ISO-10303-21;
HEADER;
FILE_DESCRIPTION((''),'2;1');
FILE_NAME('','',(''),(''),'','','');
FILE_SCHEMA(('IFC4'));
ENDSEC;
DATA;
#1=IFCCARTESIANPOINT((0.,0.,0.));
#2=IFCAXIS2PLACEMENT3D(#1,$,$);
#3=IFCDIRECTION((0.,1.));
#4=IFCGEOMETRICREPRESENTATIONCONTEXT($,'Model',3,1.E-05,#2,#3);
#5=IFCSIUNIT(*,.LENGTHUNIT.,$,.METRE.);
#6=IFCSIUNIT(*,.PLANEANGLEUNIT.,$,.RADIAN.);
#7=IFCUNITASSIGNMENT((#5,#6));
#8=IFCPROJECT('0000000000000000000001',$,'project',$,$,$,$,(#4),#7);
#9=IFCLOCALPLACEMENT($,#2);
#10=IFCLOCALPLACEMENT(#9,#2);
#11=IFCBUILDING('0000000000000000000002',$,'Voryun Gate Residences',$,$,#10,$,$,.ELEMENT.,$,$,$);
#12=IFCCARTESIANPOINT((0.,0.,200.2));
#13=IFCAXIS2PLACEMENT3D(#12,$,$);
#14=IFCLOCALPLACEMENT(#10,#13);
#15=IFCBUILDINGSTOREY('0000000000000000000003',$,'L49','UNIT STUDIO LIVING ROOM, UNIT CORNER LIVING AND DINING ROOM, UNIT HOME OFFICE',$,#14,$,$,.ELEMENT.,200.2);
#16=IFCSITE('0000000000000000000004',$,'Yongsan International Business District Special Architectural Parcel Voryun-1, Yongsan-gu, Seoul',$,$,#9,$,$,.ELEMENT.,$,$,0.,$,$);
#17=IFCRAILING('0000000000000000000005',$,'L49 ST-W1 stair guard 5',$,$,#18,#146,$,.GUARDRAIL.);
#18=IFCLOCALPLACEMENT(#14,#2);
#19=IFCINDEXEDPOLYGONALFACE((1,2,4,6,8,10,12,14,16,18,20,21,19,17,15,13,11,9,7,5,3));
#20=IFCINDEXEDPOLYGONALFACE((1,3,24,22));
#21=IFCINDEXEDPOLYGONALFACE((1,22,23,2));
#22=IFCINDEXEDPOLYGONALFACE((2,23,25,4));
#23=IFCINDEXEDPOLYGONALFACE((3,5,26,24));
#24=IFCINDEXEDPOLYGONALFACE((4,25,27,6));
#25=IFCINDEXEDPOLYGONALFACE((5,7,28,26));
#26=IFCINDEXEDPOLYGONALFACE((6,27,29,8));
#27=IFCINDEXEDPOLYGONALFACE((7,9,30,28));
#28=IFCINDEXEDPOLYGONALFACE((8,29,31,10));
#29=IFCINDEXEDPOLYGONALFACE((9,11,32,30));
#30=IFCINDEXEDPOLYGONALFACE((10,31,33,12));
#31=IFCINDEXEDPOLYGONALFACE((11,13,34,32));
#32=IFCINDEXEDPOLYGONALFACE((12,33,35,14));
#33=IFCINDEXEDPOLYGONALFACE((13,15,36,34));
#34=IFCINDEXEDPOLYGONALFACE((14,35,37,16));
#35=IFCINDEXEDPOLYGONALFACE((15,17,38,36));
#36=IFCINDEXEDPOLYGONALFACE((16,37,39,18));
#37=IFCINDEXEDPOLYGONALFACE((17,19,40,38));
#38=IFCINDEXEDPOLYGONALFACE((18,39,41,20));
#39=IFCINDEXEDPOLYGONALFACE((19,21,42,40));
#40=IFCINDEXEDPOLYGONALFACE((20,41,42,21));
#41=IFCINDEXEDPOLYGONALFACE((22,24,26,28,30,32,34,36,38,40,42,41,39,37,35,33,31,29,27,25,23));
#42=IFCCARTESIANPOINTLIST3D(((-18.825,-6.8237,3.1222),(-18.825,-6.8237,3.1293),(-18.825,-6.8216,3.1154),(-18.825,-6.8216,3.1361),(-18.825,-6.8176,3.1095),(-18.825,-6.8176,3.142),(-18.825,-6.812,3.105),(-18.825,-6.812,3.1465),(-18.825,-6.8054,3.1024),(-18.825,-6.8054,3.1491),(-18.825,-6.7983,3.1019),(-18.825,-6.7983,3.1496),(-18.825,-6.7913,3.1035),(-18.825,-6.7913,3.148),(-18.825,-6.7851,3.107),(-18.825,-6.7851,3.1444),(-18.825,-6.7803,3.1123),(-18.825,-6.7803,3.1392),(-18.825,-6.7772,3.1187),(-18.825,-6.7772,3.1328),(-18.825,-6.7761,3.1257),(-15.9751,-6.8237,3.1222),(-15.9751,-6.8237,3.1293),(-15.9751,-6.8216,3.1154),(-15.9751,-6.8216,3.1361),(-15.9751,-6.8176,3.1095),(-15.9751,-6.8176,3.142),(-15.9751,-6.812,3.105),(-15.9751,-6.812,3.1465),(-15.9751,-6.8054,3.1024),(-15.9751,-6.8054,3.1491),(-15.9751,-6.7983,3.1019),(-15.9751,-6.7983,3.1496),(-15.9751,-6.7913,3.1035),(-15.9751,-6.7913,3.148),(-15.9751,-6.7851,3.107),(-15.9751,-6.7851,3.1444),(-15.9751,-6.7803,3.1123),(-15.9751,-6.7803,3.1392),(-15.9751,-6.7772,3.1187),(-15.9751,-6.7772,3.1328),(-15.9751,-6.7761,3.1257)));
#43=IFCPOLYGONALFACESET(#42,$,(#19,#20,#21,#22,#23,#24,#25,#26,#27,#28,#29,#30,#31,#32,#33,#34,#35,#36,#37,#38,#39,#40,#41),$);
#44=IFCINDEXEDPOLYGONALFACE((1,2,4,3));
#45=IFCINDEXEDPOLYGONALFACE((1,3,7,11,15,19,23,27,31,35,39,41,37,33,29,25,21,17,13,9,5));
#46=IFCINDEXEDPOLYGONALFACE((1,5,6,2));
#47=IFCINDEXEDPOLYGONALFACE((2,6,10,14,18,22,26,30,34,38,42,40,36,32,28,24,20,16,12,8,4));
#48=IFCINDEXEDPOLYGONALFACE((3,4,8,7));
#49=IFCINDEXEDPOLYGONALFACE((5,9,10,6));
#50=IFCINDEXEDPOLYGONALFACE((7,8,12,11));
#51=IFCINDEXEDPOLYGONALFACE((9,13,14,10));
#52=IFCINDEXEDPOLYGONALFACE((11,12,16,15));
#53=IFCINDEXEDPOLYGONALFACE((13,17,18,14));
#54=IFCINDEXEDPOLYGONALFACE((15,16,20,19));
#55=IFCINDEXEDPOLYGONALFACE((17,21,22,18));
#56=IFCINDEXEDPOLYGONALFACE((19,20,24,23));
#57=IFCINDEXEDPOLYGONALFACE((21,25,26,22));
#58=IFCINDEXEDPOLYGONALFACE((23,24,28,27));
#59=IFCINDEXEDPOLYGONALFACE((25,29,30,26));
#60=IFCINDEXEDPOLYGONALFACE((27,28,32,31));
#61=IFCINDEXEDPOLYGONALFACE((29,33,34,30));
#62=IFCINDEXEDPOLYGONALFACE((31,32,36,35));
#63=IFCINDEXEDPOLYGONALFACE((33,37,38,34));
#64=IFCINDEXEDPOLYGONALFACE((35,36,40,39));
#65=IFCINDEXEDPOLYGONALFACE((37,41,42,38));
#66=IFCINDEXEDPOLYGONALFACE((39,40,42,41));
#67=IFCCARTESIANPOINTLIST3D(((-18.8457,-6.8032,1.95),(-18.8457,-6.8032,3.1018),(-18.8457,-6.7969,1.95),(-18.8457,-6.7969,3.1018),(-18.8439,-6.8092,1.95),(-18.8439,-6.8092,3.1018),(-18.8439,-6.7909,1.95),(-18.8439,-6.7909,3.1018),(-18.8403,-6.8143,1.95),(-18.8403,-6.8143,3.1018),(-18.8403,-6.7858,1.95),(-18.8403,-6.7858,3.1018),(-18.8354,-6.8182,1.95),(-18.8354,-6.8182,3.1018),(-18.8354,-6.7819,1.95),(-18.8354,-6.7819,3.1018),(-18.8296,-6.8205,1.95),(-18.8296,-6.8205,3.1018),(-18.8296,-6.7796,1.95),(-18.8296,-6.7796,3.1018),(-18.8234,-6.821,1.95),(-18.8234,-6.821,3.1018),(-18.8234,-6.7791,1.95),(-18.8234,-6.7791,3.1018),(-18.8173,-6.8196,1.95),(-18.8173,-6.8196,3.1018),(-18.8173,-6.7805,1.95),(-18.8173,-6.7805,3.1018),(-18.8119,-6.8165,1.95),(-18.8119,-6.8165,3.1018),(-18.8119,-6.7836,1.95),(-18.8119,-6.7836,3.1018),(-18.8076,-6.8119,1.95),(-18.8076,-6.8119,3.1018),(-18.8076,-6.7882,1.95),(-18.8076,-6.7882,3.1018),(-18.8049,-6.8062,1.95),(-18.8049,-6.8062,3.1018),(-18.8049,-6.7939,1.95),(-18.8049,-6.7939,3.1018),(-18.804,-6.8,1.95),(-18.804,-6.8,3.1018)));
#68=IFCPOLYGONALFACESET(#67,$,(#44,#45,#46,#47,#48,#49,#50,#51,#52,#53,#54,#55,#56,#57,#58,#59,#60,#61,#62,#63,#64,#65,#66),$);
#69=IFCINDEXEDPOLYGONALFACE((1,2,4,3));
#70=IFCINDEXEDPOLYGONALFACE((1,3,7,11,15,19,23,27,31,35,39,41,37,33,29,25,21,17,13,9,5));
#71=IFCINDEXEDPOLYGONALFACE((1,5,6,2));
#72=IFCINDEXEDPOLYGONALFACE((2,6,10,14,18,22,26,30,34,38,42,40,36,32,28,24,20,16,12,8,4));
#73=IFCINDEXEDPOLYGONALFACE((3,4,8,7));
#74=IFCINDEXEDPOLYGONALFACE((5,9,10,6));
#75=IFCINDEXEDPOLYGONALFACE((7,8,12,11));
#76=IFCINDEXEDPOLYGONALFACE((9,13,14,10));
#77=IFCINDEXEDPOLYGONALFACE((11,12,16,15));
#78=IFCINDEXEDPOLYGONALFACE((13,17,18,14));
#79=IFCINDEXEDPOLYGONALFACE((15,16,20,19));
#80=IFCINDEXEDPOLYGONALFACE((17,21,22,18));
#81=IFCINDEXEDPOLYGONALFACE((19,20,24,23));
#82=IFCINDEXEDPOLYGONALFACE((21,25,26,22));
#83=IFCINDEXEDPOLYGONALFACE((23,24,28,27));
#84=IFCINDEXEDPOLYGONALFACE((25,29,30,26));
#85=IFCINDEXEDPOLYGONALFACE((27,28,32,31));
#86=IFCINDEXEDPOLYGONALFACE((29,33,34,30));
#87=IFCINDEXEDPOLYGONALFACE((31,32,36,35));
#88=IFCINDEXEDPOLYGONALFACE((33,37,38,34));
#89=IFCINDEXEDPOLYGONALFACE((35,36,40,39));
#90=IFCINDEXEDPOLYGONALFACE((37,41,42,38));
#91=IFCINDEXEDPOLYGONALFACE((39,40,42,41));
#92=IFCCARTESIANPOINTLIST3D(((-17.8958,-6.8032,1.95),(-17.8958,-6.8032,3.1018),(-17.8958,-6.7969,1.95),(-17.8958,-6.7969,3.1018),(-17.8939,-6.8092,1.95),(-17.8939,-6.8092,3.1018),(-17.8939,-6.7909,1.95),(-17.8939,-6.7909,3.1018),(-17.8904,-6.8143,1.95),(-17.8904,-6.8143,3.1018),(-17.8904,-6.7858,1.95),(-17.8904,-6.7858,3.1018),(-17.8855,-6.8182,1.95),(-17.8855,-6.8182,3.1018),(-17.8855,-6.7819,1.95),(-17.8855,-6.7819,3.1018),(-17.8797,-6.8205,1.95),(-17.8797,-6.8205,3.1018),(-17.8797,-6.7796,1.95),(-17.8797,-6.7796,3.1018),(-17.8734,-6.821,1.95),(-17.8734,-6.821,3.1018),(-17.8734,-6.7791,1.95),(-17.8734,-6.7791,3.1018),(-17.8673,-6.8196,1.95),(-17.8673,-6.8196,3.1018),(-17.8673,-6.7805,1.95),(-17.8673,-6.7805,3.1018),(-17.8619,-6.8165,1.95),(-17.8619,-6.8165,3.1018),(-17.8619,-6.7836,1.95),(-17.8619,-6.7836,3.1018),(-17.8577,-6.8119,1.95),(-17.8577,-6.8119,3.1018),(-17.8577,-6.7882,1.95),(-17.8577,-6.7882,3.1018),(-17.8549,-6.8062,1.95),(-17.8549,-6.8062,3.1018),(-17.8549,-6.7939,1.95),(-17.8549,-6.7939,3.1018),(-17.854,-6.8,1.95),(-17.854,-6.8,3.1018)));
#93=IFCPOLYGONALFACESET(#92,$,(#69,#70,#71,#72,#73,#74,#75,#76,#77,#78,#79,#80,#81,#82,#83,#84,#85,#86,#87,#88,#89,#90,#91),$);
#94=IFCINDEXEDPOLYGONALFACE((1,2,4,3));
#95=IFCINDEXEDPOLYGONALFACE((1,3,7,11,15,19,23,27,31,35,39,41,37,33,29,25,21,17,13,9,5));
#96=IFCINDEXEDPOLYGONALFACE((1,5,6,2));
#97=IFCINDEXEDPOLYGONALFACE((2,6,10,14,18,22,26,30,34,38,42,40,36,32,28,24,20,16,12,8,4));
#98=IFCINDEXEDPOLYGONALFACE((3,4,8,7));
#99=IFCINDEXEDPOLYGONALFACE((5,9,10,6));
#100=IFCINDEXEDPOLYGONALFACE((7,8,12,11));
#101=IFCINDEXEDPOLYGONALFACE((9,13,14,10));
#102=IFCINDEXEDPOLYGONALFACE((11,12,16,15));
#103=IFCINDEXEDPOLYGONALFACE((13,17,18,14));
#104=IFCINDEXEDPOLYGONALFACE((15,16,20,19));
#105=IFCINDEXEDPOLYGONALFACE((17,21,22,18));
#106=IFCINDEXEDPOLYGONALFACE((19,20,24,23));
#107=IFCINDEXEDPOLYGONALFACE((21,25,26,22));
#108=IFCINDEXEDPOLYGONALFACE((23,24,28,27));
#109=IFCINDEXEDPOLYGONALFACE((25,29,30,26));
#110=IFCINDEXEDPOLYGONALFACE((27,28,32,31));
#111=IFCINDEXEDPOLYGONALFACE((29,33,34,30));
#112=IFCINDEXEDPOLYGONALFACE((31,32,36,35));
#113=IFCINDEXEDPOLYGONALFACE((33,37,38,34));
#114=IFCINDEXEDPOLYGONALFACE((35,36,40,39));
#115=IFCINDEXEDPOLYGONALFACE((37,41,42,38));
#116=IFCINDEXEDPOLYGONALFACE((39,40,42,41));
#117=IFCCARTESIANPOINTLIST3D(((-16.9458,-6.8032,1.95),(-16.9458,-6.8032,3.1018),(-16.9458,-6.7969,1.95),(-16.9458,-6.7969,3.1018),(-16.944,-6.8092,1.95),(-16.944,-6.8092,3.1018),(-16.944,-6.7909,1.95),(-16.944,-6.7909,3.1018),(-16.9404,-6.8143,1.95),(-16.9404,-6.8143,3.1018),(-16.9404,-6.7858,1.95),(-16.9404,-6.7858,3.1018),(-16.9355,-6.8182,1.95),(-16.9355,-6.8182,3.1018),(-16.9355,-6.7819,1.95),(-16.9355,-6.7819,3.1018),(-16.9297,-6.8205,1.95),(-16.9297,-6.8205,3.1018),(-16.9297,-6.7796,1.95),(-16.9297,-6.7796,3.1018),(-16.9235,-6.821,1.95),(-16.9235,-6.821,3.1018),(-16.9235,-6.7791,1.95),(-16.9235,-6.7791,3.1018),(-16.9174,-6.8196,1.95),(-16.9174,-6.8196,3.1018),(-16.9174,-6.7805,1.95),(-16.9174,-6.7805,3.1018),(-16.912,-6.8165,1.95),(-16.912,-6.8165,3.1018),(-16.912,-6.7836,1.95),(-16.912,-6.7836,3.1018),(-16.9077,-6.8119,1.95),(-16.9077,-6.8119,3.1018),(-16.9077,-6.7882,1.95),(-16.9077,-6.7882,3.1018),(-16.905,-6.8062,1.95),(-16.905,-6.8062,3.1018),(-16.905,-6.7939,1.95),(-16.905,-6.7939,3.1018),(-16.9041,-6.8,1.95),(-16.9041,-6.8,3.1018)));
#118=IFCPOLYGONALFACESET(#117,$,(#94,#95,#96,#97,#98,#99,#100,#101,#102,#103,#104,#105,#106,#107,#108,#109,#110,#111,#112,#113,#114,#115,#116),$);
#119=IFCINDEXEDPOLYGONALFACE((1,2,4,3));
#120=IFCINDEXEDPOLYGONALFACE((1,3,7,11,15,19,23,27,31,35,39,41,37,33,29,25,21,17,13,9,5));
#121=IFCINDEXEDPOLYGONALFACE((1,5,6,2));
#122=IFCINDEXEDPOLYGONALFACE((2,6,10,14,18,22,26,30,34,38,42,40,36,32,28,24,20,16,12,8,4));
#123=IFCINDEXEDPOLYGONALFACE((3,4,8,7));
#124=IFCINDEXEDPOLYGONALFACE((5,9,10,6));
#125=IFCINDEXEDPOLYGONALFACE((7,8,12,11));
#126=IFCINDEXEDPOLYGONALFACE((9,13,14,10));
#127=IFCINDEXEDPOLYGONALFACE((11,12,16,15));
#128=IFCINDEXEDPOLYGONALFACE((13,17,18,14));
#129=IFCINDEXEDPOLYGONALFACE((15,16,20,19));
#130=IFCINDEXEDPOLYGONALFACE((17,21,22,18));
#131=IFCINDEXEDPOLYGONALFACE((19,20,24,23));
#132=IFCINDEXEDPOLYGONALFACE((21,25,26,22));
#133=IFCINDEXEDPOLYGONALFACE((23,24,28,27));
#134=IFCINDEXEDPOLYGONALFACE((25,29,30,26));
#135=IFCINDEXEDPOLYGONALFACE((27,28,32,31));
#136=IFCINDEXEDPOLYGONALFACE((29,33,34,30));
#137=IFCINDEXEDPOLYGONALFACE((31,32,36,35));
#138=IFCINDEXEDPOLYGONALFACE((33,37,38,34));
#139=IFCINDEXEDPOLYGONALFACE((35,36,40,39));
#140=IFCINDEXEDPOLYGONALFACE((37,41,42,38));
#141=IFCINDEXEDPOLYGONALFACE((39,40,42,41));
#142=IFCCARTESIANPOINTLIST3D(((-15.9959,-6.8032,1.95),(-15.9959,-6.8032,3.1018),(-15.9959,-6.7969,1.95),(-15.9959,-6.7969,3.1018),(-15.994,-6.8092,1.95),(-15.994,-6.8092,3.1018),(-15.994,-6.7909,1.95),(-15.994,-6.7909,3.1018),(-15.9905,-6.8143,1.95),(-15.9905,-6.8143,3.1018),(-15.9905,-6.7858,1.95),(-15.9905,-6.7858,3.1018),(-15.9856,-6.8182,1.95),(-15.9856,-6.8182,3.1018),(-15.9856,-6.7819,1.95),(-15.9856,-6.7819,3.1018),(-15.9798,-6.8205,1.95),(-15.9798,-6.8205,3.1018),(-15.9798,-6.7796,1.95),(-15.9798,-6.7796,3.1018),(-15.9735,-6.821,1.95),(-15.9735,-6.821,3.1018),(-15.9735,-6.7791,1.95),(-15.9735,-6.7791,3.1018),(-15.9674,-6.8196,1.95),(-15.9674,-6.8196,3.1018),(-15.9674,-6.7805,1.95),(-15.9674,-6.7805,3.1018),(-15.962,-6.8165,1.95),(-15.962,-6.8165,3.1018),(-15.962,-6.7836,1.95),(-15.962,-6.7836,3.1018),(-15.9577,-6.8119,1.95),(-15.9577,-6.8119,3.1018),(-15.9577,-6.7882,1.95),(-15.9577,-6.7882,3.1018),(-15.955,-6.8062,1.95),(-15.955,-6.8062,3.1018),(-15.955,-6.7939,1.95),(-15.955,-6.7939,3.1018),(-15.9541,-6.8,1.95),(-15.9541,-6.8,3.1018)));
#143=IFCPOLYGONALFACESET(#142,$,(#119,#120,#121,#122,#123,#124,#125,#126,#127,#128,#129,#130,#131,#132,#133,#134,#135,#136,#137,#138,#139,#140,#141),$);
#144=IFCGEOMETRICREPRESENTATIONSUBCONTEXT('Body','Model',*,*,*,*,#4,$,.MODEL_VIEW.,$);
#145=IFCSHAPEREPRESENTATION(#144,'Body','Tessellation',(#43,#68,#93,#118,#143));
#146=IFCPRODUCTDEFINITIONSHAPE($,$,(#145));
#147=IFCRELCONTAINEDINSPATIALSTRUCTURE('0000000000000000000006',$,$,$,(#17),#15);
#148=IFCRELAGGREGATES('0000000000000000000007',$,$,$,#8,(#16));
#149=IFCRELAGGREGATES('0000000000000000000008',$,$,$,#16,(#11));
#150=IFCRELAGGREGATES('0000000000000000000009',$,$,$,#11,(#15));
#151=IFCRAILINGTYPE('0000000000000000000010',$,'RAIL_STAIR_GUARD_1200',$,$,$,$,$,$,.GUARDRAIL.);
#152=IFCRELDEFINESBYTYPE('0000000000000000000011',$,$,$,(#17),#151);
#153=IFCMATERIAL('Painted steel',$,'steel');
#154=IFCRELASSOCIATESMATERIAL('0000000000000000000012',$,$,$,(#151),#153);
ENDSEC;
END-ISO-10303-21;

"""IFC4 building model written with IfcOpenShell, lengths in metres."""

from ifc_helpers import new_model, si_unit, direction, frame, origin, origin_2d, place, context, subcontext, project, spatial, circle, extrude, material, type_object, element, save


model = new_model("IFC4")

# Units and contexts
model_context = context("Model", 3, precision=1e-05, world=origin(), true_north=direction((0.0, 1.0)))
body_context = subcontext(model_context, "Body", "Model", "MODEL_VIEW")
ifc_project = project(units=[si_unit("LENGTHUNIT", "METRE"), si_unit("PLANEANGLEUNIT", "RADIAN")], contexts=[model_context])

# Site, building, storey
site_placement = place(None, origin())
site = spatial("IfcSite", under=ifc_project, at=site_placement, Name="Yongsan International Business District Special Architectural Parcel Voryun-1, Yongsan-gu, Seoul", CompositionType="ELEMENT", RefElevation=0.0)
building_placement = place(site_placement, origin())
building = spatial("IfcBuilding", under=site, at=building_placement, Name="Voryun Gate Residences", CompositionType="ELEMENT")
storey_placement = place(building_placement, frame((0.0, 0.0, 200.2)))
storey = spatial("IfcBuildingStorey", under=building, at=storey_placement, Name="L49", Description="UNIT STUDIO LIVING ROOM, UNIT CORNER LIVING AND DINING ROOM, UNIT HOME OFFICE", CompositionType="ELEMENT", Elevation=200.2)

# Railing
ifc_material_1 = material(Name="Painted steel", Category="steel")
railing_type = type_object("IfcRailingType", Name="RAIL_STAIR_GUARD_1200", PredefinedType="GUARDRAIL", material=ifc_material_1)
railing_1_placement = place(storey_placement, frame((-18.825, -6.8, 1.95)))
element("IfcRailing", 1, at=railing_1_placement, inside=storey, type_object=railing_type, Name="L49 ST-W1 stair guard 5", PredefinedType="GUARDRAIL", context=body_context, shape_type="SweptSolid", body=[
    extrude(circle(Radius=0.0239, at=origin_2d()), frame((0.0, 0.0, 1.1758), z_axis=(1.0, 0.0, 0.0), x_axis=(0.0, 1.0, 0.0)), (0.0, 0.0, 1.0), 2.8499),
    extrude(circle(Radius=0.021, at=origin_2d()), origin(), (0.0, 0.0, 1.0), 1.1519),
    extrude(circle(Radius=0.021, at=origin_2d()), frame((0.95, 0.0, 0.0)), (0.0, 0.0, 1.0), 1.1519),
    extrude(circle(Radius=0.021, at=origin_2d()), frame((1.8999, 0.0, 0.0)), (0.0, 0.0, 1.0), 1.1519),
    extrude(circle(Radius=0.021, at=origin_2d()), frame((2.8499, 0.0, 0.0)), (0.0, 0.0, 1.0), 1.1519),
])

save(model, "model.ifc")
